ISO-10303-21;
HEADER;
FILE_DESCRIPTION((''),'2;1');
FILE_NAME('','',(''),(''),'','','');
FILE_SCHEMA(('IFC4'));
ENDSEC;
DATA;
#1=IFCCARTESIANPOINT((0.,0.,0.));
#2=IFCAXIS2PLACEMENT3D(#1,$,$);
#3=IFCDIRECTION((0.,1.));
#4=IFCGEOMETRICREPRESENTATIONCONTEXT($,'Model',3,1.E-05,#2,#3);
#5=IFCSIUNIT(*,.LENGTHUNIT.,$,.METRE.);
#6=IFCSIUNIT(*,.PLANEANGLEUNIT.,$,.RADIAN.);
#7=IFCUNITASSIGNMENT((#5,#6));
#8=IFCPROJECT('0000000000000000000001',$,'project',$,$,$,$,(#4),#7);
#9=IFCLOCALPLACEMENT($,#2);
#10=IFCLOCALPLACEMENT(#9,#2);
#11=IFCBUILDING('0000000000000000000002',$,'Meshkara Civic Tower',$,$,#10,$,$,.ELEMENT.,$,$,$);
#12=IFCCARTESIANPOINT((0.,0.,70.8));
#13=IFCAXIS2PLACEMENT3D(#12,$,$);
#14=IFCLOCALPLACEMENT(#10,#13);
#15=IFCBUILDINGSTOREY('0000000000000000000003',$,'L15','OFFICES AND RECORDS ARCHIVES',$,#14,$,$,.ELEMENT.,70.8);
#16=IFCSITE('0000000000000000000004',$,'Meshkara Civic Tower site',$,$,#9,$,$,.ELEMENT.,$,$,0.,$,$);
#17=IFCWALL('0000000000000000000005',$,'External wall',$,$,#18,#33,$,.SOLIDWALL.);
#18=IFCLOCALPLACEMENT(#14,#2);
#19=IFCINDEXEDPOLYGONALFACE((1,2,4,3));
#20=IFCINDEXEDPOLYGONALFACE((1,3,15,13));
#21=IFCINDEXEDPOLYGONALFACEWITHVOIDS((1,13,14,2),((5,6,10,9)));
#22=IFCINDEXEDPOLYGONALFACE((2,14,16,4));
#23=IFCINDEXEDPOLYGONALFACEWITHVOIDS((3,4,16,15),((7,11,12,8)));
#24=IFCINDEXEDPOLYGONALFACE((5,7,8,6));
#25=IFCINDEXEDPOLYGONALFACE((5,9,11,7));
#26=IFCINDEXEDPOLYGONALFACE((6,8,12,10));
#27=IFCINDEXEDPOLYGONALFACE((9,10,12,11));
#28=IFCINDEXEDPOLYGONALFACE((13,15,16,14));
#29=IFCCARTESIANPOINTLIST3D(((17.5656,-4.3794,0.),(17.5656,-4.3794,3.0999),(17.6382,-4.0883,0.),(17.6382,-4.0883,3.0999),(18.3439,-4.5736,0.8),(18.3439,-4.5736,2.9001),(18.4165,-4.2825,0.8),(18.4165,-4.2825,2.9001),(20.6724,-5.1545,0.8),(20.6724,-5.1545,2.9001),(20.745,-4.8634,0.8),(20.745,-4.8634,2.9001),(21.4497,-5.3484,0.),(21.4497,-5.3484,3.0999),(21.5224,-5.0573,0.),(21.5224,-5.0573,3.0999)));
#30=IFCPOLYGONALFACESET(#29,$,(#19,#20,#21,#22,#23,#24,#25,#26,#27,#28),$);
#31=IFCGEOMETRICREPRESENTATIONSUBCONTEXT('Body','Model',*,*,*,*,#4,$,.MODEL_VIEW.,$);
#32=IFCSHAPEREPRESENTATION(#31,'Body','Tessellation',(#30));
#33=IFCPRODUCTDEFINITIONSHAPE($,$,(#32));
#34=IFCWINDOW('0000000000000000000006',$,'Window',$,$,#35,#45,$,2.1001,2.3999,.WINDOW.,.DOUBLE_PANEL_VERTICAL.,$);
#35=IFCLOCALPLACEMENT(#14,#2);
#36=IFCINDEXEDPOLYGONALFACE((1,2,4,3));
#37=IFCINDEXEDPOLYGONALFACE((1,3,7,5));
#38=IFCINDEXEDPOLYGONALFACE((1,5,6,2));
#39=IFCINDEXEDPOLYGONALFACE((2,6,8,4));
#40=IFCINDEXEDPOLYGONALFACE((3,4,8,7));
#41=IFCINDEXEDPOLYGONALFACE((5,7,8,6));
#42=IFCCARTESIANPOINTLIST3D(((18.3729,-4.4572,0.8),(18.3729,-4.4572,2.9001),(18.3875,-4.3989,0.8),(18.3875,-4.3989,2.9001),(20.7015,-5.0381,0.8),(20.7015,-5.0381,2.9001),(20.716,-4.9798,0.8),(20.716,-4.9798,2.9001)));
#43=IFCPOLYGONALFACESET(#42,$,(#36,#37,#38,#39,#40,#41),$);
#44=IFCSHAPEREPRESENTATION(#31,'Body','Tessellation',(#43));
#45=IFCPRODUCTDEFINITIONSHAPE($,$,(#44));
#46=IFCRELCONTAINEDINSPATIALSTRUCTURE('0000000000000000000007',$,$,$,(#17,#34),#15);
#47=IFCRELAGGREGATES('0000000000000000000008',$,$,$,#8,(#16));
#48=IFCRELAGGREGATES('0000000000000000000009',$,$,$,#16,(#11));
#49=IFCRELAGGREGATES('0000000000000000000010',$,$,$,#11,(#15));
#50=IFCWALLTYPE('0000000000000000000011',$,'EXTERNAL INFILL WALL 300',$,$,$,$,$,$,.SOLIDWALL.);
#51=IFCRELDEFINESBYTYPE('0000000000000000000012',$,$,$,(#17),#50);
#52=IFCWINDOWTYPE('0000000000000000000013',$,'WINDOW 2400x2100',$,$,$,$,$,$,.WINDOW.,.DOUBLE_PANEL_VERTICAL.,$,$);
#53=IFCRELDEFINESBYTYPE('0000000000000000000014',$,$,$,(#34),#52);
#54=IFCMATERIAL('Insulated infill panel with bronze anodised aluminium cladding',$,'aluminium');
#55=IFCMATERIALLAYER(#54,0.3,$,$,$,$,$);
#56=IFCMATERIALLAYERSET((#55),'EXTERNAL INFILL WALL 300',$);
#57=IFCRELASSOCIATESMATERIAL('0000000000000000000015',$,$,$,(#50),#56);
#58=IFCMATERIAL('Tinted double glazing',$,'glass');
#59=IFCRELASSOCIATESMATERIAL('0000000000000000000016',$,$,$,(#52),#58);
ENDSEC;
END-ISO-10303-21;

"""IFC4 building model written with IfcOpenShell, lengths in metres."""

from ifc_helpers import new_model, si_unit, direction, frame, frame_2d, origin, place, context, subcontext, project, spatial, rectangle, extrude, material, layer, layer_set, type_object, element, fill, save


model = new_model("IFC4")

# Units and contexts
model_context = context("Model", 3, precision=1e-05, world=origin(), true_north=direction((0.0, 1.0)))
body_context = subcontext(model_context, "Body", "Model", "MODEL_VIEW")
ifc_project = project(units=[si_unit("LENGTHUNIT", "METRE"), si_unit("PLANEANGLEUNIT", "RADIAN")], contexts=[model_context])

# Site, building, storey
site_placement = place(None, origin())
site = spatial("IfcSite", under=ifc_project, at=site_placement, Name="Meshkara Civic Tower site", CompositionType="ELEMENT", RefElevation=0.0)
building_placement = place(site_placement, origin())
building = spatial("IfcBuilding", under=site, at=building_placement, Name="Meshkara Civic Tower", CompositionType="ELEMENT")
storey_placement = place(building_placement, frame((0.0, 0.0, 70.8)))
storey = spatial("IfcBuildingStorey", under=building, at=storey_placement, Name="L15", Description="OFFICES AND RECORDS ARCHIVES", CompositionType="ELEMENT", Elevation=70.8)

# Wall, opening, window
ifc_material_1 = material(Name="Insulated infill panel with bronze anodised aluminium cladding", Category="aluminium")
ifc_layer = layer(ifc_material_1, 0.3)
ifc_layer_set = layer_set([ifc_layer], Name="EXTERNAL INFILL WALL 300")
wall_type = type_object("IfcWallType", Name="EXTERNAL INFILL WALL 300", PredefinedType="SOLIDWALL", material=ifc_layer_set)
ifc_material_2 = material(Name="Tinted double glazing", Category="glass")
window_type = type_object("IfcWindowType", Name="WINDOW 2400x2100", PartitioningType="DOUBLE_PANEL_VERTICAL", PredefinedType="WINDOW", material=ifc_material_2)
wall_1_placement = place(storey_placement, frame((17.6021, -4.2339, 0.0), z_axis=(0.0, 0.0, 1.0), x_axis=(0.970261, -0.242062, 0.0)))
wall_1 = element("IfcWall", 1, at=wall_1_placement, inside=storey, type_object=wall_type, Name="External wall", PredefinedType="SOLIDWALL", context=body_context, shape_type="SweptSolid", body=[
    extrude(rectangle(XDim=4.0032, YDim=0.3, at=frame_2d((2.0015, 0.0))), origin(), (0.0, 0.0, 1.0), 3.0999),
])
opening_1_placement = place(wall_1_placement, frame((0.802, 0.0, 0.8)))
opening_1 = element("IfcOpeningElement", 2, at=opening_1_placement, cuts=wall_1, PredefinedType="OPENING", context=body_context, shape_type="SweptSolid", body=[
    extrude(rectangle(XDim=2.3999, YDim=2.1001, at=frame_2d((1.2, 1.05))), frame((0.0, 0.1599, 0.0), z_axis=(0.0, -1.0, 0.0), x_axis=(1.0, 0.0, 0.0)), (0.0, 0.0, 1.0), 0.3201),
])
window_1_placement = place(opening_1_placement, origin())
window_1 = element("IfcWindow", 3, at=window_1_placement, inside=storey, type_object=window_type, Name="Window", OverallHeight=2.1001, OverallWidth=2.3999, PartitioningType="DOUBLE_PANEL_VERTICAL", PredefinedType="WINDOW", context=body_context, shape_type="SweptSolid", body=[
    extrude(rectangle(XDim=2.3999, YDim=2.1001, at=frame_2d((1.2, 1.05))), frame((0.0, 0.03, 0.0), z_axis=(0.0, -1.0, 0.0), x_axis=(1.0, 0.0, 0.0)), (0.0, 0.0, 1.0), 0.0601),
])
fill(opening_1, window_1)

save(model, "model.ifc")
